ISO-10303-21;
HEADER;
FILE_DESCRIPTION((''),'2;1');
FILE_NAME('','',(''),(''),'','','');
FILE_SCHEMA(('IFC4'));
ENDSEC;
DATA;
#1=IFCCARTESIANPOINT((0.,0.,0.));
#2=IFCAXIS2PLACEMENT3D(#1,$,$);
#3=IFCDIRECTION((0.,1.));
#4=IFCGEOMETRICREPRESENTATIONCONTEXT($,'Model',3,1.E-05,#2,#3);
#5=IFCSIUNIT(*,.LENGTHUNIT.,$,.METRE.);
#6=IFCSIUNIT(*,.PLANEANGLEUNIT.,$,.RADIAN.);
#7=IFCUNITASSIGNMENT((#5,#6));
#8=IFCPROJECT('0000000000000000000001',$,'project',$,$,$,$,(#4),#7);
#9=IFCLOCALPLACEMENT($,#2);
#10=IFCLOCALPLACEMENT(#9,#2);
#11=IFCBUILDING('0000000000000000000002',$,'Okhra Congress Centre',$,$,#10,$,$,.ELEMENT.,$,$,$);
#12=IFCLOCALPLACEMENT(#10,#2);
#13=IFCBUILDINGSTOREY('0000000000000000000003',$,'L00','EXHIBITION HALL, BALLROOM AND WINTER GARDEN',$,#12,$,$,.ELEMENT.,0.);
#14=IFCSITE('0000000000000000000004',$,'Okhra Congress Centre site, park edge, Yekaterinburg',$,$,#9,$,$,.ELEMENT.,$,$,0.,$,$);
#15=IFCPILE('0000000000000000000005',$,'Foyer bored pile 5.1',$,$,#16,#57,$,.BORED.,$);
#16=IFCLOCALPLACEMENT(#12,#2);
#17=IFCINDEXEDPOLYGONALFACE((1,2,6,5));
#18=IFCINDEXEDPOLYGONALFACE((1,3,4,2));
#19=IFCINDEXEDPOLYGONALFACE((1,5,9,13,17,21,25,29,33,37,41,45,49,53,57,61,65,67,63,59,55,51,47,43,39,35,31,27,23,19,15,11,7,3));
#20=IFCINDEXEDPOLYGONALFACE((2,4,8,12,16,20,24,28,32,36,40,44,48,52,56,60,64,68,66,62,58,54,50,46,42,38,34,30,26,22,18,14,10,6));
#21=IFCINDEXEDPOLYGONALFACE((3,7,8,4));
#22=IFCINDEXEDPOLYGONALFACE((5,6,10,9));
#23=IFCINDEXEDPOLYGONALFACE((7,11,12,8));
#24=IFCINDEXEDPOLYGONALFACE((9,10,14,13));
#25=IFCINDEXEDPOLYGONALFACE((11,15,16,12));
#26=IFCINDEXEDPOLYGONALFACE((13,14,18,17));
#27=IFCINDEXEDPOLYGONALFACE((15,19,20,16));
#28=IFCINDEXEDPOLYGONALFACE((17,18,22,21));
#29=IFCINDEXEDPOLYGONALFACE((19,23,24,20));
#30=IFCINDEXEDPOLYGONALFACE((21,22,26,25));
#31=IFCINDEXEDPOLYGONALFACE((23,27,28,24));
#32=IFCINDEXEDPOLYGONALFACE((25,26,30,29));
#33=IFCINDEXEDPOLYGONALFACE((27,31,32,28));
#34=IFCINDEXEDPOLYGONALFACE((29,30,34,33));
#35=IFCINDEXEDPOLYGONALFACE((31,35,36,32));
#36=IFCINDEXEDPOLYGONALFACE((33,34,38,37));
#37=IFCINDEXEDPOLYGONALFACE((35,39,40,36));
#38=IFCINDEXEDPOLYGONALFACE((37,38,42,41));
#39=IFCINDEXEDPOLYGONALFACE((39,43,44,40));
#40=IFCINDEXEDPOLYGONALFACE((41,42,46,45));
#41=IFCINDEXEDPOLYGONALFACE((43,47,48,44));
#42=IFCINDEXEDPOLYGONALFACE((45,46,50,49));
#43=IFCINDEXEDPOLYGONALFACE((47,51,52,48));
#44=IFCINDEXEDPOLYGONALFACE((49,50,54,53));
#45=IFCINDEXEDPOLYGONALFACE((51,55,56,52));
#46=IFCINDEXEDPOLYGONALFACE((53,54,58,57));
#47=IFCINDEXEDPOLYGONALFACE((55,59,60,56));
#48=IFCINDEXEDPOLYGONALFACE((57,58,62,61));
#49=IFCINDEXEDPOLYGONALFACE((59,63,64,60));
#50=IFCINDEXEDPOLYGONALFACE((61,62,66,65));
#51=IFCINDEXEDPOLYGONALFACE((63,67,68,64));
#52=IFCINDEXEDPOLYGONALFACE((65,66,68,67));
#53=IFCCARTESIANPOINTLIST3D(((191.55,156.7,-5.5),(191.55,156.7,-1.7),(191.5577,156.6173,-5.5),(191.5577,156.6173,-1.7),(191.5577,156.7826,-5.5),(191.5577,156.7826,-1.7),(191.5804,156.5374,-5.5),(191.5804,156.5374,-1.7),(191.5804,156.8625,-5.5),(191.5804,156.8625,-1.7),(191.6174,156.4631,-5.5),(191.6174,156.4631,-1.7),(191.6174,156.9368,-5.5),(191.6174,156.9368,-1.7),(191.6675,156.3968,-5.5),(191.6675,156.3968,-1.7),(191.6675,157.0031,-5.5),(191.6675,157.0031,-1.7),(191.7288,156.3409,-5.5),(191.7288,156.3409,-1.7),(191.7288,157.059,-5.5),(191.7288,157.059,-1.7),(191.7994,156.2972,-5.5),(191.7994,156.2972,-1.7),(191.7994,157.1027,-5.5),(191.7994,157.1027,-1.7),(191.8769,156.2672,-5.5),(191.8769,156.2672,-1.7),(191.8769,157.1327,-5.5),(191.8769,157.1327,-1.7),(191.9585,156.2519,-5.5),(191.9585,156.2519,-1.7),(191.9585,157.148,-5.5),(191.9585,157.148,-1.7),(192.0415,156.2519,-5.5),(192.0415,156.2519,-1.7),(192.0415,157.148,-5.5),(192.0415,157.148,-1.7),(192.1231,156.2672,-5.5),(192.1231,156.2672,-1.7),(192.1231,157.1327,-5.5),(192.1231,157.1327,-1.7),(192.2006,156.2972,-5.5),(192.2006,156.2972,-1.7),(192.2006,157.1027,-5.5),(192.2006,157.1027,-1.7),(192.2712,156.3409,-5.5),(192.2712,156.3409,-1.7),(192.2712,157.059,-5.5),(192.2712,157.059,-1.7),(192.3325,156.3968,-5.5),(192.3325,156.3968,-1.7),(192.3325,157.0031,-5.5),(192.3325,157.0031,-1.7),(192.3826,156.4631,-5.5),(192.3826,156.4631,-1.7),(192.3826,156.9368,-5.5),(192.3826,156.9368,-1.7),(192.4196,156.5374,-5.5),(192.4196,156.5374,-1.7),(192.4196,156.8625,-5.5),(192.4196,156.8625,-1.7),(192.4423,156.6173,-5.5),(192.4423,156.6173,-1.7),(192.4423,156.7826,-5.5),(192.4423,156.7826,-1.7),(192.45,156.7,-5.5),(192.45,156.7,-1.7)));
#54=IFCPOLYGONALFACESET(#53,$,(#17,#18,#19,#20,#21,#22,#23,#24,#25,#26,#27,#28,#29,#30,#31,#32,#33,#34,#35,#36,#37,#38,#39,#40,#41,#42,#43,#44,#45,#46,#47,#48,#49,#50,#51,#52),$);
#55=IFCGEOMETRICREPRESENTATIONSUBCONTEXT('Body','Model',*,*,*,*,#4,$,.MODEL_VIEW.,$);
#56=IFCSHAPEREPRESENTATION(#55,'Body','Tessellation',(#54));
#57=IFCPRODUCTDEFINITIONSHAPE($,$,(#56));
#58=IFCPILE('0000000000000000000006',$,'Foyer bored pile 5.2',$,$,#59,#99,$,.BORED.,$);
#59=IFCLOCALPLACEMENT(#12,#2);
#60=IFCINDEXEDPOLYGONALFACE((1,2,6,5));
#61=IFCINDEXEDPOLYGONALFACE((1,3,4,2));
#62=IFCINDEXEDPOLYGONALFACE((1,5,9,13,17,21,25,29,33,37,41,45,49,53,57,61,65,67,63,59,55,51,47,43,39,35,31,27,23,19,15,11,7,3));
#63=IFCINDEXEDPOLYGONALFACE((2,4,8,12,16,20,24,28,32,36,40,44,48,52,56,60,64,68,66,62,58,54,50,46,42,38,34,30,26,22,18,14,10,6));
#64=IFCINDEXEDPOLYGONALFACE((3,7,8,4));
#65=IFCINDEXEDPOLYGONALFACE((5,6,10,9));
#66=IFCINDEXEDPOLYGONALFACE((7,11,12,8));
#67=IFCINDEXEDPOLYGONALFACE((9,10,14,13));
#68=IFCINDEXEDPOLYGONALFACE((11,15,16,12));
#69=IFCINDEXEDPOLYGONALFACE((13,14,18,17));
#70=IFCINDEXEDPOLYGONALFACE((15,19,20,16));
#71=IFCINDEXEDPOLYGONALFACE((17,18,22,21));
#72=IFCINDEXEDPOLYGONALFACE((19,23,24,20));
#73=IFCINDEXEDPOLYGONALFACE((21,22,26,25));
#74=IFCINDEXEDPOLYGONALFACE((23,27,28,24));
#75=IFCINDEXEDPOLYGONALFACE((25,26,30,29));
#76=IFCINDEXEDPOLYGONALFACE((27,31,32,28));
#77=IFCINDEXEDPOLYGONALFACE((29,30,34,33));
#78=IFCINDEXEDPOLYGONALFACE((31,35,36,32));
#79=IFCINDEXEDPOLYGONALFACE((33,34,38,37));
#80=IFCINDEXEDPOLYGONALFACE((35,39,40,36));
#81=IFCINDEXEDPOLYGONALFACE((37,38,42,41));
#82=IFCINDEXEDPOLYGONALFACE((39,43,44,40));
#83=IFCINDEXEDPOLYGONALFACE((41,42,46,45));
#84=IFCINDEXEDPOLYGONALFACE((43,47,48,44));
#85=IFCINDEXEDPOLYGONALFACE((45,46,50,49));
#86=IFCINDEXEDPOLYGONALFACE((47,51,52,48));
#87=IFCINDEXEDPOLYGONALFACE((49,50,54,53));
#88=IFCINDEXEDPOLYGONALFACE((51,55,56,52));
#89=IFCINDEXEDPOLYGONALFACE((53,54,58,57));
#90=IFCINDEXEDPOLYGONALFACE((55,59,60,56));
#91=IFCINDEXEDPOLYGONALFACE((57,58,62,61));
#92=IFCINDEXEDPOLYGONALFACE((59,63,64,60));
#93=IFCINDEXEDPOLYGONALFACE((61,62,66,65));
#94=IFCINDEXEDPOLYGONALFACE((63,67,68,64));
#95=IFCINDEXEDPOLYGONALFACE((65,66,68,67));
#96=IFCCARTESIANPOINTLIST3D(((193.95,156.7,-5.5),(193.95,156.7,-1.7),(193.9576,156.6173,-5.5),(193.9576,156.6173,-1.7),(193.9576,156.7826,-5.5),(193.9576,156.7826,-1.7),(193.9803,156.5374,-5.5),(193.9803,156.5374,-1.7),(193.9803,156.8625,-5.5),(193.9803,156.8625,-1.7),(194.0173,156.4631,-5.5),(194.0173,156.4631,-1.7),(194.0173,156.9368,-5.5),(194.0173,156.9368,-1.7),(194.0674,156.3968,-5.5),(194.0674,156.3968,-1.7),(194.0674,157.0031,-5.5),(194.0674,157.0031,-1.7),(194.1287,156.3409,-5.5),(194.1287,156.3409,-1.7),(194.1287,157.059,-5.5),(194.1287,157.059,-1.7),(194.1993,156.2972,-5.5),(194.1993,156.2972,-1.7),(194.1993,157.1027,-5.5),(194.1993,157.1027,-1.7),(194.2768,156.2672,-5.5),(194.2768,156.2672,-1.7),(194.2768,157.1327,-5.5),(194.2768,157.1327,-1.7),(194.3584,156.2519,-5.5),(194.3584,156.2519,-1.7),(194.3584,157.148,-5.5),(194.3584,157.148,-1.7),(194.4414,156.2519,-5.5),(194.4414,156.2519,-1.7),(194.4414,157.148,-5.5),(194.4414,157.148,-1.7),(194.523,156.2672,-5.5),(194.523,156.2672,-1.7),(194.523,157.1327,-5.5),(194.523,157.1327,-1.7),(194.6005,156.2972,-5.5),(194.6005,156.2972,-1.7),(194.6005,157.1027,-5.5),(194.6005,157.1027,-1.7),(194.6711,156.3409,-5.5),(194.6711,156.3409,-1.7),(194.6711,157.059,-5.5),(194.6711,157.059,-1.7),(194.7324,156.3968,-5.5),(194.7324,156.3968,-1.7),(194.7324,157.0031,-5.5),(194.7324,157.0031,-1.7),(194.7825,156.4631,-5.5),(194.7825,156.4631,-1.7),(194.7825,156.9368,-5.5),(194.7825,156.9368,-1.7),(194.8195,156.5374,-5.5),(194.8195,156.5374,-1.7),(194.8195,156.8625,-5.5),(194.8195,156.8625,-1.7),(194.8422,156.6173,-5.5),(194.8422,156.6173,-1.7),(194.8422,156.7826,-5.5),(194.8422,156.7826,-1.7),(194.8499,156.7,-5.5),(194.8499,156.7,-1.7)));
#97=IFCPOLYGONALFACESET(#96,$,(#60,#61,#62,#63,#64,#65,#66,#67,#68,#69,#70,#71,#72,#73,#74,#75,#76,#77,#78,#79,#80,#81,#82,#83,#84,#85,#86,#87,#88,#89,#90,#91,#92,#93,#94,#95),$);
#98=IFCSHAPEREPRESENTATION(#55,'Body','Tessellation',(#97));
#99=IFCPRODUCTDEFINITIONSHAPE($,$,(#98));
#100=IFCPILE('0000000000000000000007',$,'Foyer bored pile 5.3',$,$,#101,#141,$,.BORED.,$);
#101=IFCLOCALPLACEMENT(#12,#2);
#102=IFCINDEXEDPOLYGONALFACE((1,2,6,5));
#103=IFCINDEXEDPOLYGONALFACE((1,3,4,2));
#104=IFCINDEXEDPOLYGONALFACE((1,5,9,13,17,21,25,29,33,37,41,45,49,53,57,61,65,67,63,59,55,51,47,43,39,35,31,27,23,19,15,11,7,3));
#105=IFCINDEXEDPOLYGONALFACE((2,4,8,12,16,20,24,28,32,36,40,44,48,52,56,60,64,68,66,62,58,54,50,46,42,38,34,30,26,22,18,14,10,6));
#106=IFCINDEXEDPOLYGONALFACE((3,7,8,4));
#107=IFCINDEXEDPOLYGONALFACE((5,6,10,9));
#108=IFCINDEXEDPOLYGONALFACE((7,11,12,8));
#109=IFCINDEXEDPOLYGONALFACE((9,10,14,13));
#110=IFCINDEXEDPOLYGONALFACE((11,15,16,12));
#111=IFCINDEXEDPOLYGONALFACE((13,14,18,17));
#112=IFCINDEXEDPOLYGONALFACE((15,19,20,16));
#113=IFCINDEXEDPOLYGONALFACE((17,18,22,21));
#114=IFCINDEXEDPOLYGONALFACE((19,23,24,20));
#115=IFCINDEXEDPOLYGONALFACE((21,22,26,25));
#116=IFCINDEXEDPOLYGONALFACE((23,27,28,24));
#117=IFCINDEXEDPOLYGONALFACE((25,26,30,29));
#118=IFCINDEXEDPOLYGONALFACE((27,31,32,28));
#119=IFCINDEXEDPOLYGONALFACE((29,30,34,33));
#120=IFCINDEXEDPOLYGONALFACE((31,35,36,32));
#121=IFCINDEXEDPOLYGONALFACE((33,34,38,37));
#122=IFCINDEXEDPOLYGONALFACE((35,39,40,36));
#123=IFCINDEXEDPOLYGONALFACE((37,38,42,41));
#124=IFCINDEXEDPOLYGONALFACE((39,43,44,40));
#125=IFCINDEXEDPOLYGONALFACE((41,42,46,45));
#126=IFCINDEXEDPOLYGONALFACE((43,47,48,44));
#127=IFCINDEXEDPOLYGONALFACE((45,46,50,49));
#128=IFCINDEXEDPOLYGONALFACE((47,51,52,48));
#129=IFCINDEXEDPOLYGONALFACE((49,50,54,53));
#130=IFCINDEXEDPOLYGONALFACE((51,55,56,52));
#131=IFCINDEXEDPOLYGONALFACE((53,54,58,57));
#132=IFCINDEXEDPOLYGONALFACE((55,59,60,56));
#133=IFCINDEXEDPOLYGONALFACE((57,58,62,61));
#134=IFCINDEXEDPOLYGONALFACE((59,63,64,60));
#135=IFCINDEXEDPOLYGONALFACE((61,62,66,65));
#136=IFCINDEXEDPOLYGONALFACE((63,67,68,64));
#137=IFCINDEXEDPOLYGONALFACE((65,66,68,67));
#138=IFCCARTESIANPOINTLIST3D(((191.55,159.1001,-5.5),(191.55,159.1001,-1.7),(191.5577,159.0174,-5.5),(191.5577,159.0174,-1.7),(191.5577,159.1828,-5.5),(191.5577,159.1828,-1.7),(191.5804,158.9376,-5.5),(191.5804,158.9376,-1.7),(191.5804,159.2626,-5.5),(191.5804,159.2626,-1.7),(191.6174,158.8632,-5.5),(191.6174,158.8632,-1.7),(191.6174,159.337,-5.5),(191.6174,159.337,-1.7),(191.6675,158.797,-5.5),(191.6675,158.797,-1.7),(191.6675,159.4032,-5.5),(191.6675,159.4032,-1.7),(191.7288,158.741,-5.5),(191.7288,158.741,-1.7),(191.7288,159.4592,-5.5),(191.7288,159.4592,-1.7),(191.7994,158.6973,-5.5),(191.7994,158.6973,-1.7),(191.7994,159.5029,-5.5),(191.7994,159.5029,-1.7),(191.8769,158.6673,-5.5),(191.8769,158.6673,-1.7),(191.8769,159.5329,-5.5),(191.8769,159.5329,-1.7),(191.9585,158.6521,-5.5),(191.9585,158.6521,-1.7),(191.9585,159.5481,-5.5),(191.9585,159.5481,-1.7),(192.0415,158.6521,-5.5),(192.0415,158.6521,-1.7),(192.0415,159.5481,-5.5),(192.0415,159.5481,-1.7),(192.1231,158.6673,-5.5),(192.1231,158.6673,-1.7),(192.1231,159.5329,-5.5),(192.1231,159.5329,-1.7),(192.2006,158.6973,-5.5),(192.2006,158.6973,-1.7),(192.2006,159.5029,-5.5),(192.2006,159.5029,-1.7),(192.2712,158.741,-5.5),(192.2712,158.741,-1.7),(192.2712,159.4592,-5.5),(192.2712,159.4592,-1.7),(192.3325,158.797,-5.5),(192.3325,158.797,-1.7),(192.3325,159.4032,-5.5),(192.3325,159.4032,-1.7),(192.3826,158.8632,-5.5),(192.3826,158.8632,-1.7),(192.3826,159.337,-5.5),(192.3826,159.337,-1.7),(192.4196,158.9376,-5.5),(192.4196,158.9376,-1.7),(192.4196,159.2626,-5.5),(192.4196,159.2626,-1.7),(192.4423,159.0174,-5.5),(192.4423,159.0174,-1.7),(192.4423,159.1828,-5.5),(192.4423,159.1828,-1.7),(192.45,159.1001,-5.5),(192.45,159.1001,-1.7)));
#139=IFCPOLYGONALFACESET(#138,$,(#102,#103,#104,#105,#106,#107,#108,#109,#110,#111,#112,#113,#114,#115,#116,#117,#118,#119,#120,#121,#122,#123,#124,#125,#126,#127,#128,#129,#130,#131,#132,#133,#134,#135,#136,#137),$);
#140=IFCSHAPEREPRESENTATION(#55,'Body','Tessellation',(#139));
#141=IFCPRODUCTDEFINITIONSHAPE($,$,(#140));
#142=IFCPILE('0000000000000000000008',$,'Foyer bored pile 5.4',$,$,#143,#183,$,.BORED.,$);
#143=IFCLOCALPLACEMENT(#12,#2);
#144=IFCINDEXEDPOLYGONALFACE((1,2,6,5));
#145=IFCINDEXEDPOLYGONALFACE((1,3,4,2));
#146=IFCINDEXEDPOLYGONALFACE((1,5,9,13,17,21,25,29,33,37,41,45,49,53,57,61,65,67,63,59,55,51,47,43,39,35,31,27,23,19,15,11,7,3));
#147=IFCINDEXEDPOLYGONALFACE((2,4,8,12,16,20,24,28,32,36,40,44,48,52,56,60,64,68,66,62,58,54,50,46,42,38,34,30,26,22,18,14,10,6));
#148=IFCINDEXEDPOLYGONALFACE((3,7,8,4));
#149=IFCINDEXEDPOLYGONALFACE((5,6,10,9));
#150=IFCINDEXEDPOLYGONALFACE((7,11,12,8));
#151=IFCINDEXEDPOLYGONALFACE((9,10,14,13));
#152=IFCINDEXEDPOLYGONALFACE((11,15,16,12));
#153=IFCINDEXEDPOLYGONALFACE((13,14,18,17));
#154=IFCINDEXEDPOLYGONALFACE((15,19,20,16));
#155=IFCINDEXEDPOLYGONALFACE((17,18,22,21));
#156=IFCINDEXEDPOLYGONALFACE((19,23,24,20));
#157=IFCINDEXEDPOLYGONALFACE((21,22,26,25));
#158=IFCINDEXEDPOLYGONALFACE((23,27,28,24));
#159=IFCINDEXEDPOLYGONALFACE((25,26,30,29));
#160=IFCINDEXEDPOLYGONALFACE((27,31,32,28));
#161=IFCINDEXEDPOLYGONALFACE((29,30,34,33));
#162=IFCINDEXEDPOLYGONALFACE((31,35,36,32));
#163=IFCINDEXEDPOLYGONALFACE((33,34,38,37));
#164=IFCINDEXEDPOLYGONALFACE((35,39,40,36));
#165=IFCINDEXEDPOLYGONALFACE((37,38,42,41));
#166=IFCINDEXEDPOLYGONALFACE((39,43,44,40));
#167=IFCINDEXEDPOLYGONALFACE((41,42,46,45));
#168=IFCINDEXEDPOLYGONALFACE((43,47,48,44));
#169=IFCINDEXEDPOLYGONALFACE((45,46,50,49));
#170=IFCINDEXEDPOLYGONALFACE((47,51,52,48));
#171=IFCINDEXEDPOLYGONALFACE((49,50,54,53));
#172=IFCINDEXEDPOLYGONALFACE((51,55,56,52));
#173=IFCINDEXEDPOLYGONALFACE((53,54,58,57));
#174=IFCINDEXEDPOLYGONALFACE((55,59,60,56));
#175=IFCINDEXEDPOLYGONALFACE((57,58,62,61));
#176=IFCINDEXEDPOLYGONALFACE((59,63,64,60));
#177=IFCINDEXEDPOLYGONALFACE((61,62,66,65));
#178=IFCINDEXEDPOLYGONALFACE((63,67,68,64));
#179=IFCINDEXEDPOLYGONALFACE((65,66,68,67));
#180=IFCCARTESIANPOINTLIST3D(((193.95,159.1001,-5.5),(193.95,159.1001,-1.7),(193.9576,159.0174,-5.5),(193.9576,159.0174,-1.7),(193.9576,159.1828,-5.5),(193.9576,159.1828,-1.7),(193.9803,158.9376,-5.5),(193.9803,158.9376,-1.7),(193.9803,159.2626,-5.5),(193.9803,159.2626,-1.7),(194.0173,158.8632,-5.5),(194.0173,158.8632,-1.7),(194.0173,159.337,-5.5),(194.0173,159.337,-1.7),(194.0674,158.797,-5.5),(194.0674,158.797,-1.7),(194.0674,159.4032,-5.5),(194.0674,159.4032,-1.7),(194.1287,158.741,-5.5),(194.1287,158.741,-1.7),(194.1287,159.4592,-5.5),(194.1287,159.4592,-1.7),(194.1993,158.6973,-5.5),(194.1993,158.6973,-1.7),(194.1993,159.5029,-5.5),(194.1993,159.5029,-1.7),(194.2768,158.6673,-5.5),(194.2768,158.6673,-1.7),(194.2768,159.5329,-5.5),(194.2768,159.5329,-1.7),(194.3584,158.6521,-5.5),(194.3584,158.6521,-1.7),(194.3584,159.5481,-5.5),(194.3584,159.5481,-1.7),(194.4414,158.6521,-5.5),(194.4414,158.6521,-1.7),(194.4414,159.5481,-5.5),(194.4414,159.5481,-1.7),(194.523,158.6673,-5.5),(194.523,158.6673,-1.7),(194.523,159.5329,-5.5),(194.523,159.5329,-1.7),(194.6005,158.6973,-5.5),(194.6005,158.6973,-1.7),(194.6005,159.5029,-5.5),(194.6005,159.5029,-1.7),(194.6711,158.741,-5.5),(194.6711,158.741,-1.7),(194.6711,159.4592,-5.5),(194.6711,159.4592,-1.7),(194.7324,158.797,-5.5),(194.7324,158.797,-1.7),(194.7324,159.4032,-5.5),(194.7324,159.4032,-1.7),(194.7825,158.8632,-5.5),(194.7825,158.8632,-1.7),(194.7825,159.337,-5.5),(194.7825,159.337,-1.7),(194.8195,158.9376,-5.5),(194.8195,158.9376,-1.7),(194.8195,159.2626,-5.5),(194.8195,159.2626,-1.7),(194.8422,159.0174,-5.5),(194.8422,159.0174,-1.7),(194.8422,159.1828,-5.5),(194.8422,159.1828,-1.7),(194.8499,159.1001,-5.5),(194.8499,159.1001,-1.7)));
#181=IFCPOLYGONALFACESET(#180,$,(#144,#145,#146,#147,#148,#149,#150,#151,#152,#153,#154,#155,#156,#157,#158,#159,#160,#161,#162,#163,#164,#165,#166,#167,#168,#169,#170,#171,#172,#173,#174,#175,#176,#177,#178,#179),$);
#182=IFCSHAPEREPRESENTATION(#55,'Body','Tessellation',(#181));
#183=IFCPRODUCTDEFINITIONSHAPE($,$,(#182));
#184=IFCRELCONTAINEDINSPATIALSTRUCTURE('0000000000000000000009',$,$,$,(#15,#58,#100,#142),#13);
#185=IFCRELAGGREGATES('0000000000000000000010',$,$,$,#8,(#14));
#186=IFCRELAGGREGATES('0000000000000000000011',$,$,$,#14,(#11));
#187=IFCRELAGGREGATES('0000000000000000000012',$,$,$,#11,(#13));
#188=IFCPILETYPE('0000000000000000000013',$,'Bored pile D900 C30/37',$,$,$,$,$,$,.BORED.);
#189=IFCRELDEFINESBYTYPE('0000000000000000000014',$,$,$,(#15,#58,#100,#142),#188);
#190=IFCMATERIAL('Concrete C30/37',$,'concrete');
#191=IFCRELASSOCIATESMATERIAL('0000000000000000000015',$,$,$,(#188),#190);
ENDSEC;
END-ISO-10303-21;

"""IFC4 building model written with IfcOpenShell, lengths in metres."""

from ifc_helpers import new_model, si_unit, direction, frame, origin, origin_2d, place, context, subcontext, project, spatial, circle, extrude, material, material_profile, profile_set, type_object, element, save


model = new_model("IFC4")

# Units and contexts
model_context = context("Model", 3, precision=1e-05, world=origin(), true_north=direction((0.0, 1.0)))
body_context = subcontext(model_context, "Body", "Model", "MODEL_VIEW")
ifc_project = project(units=[si_unit("LENGTHUNIT", "METRE"), si_unit("PLANEANGLEUNIT", "RADIAN")], contexts=[model_context])

# Site, building, storey
site_placement = place(None, origin())
site = spatial("IfcSite", under=ifc_project, at=site_placement, Name="Okhra Congress Centre site, park edge, Yekaterinburg", CompositionType="ELEMENT", RefElevation=0.0)
building_placement = place(site_placement, origin())
building = spatial("IfcBuilding", under=site, at=building_placement, Name="Okhra Congress Centre", CompositionType="ELEMENT")
storey_placement = place(building_placement, origin())
storey = spatial("IfcBuildingStorey", under=building, at=storey_placement, Name="L00", Description="EXHIBITION HALL, BALLROOM AND WINTER GARDEN", CompositionType="ELEMENT", Elevation=0.0)

# Piles
ifc_material_1 = material(Name="Concrete C30/37", Category="concrete")
ifc_material_profile_1 = material_profile(ifc_material_1, circle(Radius=0.45, at=origin_2d()), Name="D900")
ifc_profile_set_1 = profile_set([ifc_material_profile_1], Name="Concrete C30/37")
pile_type_1 = type_object("IfcPileType", Name="Bored pile D900 C30/37", PredefinedType="BORED", material=ifc_profile_set_1)
for number, where, z_axis, x_axis, name in (
    (1, (192.0, 156.7, -1.7), (0.0, 0.0, -1.0), (1.0, 0.0, 0.0), "Foyer bored pile 5.1"),
    (2, (194.3999, 156.7, -1.7), (0.0, 0.0, -1.0), (1.0, 0.0, 0.0), "Foyer bored pile 5.2"),
    (3, (192.0, 159.1001, -1.7), (0.0, 0.0, -1.0), (1.0, 0.0, 0.0), "Foyer bored pile 5.3"),
    (4, (194.3999, 159.1001, -1.7), (0.0, 0.0, -1.0), (1.0, 0.0, 0.0), "Foyer bored pile 5.4"),
):
    element("IfcPile", number, at=place(storey_placement, frame(where, z_axis=z_axis, x_axis=x_axis)), inside=storey, type_object=pile_type_1, Name=name, PredefinedType="BORED", context=body_context, shape_type="SweptSolid", body=[
        extrude(circle(Radius=0.45, at=origin_2d()), origin(), (0.0, 0.0, 1.0), 3.8),
    ])

save(model, "model.ifc")
